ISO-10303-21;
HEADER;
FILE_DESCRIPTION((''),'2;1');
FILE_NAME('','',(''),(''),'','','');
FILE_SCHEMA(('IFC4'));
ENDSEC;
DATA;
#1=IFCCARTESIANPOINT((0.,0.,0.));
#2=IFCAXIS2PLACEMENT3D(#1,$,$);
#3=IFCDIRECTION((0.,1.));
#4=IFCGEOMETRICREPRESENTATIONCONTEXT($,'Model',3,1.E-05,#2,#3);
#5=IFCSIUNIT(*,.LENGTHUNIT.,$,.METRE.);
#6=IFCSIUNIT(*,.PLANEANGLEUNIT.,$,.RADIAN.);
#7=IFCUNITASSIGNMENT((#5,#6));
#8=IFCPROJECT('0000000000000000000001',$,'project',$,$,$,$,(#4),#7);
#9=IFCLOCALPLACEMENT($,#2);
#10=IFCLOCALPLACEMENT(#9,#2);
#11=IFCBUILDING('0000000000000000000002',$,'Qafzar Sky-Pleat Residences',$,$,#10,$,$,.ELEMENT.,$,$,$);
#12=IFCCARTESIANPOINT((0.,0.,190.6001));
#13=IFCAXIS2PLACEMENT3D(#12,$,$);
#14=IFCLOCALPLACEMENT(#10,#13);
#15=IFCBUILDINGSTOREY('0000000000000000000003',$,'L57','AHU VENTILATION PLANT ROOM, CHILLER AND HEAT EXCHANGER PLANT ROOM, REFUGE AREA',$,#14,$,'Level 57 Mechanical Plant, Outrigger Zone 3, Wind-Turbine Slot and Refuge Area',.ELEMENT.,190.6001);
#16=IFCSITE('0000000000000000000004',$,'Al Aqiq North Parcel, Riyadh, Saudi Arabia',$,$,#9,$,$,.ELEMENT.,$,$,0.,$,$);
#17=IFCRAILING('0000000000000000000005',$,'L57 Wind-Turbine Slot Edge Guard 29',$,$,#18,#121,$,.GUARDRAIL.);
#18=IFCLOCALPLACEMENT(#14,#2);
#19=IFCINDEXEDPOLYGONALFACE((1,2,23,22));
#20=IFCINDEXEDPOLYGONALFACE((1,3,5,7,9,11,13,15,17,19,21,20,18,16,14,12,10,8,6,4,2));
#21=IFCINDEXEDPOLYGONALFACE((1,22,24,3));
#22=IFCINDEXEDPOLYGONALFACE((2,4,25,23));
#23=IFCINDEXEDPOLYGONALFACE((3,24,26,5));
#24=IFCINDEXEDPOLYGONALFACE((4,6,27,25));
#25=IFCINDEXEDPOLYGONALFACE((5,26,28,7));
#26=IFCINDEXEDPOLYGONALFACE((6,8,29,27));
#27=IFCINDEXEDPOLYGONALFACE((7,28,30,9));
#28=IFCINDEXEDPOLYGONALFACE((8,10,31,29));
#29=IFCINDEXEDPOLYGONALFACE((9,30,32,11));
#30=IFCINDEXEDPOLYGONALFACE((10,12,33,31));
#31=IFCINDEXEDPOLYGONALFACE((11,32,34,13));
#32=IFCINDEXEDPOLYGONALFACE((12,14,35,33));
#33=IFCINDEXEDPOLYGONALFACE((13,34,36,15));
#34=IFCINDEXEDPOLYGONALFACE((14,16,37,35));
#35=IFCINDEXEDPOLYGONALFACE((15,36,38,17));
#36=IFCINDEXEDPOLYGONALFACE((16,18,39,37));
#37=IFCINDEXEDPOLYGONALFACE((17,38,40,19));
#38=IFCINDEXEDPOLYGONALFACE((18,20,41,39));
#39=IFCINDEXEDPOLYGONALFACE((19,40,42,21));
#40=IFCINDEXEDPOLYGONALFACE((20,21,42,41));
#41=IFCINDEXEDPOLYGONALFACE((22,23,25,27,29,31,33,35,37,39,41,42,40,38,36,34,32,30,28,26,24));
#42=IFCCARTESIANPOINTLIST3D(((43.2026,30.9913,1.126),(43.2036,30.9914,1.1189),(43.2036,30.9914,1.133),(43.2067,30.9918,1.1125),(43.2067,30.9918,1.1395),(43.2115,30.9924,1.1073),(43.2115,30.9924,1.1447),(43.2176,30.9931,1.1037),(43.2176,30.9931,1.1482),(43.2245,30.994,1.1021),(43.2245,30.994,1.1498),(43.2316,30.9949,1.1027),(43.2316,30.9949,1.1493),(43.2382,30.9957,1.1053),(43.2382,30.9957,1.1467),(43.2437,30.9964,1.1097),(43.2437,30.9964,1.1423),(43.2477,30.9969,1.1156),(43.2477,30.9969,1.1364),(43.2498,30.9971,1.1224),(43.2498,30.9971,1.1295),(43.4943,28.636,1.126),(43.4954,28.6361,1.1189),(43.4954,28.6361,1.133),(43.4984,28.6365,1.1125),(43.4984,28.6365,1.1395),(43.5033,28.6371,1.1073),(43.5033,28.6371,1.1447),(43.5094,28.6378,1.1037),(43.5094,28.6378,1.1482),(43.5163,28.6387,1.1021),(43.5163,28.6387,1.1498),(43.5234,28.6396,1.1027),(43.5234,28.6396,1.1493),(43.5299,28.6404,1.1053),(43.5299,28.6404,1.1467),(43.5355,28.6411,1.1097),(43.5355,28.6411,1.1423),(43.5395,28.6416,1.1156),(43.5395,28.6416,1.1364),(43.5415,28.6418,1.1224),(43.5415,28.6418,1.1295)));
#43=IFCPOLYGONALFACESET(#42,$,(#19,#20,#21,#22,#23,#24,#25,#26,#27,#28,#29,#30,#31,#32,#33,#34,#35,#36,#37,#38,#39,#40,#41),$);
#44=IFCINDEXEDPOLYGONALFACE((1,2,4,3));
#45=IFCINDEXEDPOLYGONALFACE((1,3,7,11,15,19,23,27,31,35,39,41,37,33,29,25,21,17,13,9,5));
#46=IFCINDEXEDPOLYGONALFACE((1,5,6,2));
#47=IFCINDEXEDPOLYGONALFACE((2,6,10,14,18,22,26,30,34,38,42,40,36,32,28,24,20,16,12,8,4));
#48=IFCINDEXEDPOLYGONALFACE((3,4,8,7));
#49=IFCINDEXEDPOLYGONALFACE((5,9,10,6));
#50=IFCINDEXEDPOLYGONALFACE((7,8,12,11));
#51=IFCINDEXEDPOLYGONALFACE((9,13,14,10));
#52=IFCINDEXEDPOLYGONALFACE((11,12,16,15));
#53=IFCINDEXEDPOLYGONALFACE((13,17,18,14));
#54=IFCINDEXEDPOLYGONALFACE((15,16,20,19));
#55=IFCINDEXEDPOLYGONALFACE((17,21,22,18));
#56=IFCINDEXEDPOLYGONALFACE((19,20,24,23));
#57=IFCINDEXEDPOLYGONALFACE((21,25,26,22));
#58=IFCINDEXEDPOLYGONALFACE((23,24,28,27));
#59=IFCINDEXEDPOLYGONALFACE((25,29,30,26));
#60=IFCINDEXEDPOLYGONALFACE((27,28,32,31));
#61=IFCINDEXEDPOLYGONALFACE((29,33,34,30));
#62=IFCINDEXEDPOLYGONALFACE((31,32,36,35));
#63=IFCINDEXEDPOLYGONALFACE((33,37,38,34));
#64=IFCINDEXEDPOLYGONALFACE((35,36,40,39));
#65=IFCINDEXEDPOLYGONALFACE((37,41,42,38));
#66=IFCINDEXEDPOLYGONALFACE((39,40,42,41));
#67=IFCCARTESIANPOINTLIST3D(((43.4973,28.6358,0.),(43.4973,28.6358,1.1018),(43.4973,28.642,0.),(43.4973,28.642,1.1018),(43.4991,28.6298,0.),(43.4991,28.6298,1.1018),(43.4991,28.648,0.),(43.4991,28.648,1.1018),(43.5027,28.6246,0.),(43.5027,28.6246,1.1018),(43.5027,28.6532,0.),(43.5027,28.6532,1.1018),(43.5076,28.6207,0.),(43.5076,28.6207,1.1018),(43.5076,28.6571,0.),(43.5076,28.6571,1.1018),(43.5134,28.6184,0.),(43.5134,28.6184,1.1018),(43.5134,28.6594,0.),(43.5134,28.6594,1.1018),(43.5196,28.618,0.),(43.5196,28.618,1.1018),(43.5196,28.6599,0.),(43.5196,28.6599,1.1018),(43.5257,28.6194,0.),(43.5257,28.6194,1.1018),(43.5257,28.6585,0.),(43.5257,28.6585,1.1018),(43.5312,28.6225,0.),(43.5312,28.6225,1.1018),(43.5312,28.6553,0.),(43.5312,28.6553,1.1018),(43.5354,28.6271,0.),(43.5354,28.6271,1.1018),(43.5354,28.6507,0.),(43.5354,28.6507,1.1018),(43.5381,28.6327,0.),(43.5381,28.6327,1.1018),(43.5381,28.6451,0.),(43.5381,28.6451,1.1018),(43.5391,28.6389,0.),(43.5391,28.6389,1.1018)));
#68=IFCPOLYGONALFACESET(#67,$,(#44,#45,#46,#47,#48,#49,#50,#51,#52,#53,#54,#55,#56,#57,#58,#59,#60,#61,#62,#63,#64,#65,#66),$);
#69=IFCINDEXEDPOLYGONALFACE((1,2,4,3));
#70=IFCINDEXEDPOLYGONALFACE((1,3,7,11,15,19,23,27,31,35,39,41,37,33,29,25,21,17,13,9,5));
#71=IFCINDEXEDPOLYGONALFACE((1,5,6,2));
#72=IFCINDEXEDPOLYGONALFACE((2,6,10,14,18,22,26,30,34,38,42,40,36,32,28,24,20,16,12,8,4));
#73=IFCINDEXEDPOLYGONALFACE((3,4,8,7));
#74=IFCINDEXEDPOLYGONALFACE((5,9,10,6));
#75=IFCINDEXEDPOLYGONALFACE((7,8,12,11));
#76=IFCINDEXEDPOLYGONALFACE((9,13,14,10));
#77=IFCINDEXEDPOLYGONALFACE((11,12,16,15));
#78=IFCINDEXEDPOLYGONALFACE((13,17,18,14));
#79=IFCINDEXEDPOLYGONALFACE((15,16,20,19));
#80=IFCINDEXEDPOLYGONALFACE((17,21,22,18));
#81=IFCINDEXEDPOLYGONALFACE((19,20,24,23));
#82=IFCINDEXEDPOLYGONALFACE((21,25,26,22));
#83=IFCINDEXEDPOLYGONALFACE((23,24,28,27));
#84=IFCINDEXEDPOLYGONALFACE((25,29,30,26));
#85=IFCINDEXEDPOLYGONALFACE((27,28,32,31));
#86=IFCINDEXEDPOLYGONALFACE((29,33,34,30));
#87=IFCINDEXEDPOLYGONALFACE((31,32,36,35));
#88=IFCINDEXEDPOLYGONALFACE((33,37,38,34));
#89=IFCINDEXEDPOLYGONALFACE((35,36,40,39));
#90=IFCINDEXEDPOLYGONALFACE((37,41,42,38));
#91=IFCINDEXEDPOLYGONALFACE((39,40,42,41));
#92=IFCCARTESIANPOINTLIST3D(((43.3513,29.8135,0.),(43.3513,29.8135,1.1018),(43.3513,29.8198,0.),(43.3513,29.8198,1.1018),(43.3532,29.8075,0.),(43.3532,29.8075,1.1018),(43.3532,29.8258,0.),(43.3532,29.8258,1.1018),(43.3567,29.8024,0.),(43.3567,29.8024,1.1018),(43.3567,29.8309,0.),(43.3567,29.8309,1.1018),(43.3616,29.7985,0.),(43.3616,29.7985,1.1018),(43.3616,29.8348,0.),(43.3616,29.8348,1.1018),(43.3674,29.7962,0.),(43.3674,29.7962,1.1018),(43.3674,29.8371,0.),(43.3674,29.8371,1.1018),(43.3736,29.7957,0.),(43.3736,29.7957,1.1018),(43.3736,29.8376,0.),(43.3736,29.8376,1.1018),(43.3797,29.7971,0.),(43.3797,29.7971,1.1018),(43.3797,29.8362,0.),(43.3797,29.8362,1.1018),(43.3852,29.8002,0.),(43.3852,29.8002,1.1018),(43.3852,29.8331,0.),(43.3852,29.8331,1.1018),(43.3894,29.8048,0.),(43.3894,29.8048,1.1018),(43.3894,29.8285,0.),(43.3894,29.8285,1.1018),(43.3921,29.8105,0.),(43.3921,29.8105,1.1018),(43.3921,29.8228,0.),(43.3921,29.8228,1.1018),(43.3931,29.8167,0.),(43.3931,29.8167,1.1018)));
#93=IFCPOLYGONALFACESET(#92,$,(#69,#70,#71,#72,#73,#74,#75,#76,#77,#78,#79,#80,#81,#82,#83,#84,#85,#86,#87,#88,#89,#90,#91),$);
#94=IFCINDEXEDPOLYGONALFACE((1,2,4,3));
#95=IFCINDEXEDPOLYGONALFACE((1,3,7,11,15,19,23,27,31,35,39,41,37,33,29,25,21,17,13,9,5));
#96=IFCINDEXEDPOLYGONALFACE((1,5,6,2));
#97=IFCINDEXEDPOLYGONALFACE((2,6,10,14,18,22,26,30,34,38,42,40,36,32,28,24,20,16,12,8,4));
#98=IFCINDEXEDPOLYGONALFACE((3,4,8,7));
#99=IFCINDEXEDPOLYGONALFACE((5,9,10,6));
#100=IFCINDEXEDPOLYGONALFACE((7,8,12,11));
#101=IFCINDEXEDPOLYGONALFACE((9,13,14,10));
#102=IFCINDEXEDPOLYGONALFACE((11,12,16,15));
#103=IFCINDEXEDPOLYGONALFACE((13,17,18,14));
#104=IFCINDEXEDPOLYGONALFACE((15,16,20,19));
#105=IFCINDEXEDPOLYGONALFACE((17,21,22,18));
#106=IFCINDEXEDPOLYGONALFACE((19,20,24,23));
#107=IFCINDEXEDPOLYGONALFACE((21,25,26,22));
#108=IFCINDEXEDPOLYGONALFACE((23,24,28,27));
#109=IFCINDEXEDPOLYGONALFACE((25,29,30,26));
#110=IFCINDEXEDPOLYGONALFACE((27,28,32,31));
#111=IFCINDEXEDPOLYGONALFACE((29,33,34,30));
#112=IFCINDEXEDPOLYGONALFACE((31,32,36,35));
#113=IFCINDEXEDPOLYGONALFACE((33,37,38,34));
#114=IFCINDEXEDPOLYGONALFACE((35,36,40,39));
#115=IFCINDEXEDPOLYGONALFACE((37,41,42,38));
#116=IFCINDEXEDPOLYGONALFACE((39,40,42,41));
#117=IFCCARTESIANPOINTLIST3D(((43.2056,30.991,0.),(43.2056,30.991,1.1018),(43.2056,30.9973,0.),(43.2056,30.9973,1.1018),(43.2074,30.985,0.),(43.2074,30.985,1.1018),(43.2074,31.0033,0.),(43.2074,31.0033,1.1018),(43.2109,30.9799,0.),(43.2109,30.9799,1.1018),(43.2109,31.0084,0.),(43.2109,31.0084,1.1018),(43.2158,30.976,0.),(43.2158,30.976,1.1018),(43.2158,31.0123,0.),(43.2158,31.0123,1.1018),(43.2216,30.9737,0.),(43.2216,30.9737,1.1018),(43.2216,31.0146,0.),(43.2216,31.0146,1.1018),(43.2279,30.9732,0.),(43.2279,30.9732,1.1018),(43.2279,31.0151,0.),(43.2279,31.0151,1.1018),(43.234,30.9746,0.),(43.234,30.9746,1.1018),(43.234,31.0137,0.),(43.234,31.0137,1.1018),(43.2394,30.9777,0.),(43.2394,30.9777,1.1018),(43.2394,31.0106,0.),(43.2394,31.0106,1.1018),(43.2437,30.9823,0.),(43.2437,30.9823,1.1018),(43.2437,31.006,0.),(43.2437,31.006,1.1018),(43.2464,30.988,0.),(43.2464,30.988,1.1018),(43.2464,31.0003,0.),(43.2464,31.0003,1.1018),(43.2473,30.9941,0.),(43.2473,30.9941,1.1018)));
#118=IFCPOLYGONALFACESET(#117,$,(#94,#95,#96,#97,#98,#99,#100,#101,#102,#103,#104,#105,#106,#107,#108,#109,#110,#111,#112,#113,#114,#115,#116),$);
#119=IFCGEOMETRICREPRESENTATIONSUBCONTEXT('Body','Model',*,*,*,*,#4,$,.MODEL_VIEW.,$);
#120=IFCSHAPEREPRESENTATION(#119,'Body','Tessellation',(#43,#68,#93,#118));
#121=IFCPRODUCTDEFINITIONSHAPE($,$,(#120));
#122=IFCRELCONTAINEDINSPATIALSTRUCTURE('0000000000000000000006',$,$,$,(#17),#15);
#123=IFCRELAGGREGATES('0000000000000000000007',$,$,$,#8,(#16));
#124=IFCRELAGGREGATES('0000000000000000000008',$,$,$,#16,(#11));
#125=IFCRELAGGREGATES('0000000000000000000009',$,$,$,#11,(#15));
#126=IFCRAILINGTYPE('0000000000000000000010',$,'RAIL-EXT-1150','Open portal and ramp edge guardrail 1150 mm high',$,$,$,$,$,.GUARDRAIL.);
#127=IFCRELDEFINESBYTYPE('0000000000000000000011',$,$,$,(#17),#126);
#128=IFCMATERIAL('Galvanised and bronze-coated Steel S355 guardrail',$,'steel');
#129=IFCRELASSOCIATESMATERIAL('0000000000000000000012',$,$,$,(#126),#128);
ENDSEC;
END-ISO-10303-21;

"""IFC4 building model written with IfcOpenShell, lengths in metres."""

from ifc_helpers import new_model, si_unit, direction, frame, origin, origin_2d, place, context, subcontext, project, spatial, circle, extrude, source, transform, mapped, material, type_object, element, save


model = new_model("IFC4")

# Units and contexts
model_context = context("Model", 3, precision=1e-05, world=origin(), true_north=direction((0.0, 1.0)))
body_context = subcontext(model_context, "Body", "Model", "MODEL_VIEW")
ifc_project = project(units=[si_unit("LENGTHUNIT", "METRE"), si_unit("PLANEANGLEUNIT", "RADIAN")], contexts=[model_context])

# Site, building, storey
site_placement = place(None, origin())
site = spatial("IfcSite", under=ifc_project, at=site_placement, Name="Al Aqiq North Parcel, Riyadh, Saudi Arabia", CompositionType="ELEMENT", RefElevation=0.0)
building_placement = place(site_placement, origin())
building = spatial("IfcBuilding", under=site, at=building_placement, Name="Qafzar Sky-Pleat Residences", CompositionType="ELEMENT")
storey_placement = place(building_placement, frame((0.0, 0.0, 190.6001)))
storey = spatial("IfcBuildingStorey", under=building, at=storey_placement, Name="L57", Description="AHU VENTILATION PLANT ROOM, CHILLER AND HEAT EXCHANGER PLANT ROOM, REFUGE AREA", LongName="Level 57 Mechanical Plant, Outrigger Zone 3, Wind-Turbine Slot and Refuge Area", CompositionType="ELEMENT", Elevation=190.6001)

# Railing
ifc_material_1 = material(Name="Galvanised and bronze-coated Steel S355 guardrail", Category="steel")
railing_type = type_object("IfcRailingType", Name="RAIL-EXT-1150", Description="Open portal and ramp edge guardrail 1150 mm high", PredefinedType="GUARDRAIL", material=ifc_material_1)
shared_shape_1 = source(origin(), body_context, "Body", "SweptSolid", [
    extrude(circle(Radius=0.0239, at=origin_2d()), frame((0.0, 0.0, 1.126), z_axis=(-0.122933, 0.992415, 0.0), x_axis=(-0.992415, -0.122933, 0.0)), (0.0, 0.0, 1.0), 2.3733),
    extrude(circle(Radius=0.021, at=origin_2d()), origin(), (0.0, 0.0, 1.0), 1.1018),
    extrude(circle(Radius=0.021, at=origin_2d()), frame((-0.146, 1.1777, 0.0)), (0.0, 0.0, 1.0), 1.1018),
    extrude(circle(Radius=0.021, at=origin_2d()), frame((-0.2917, 2.3552, 0.0)), (0.0, 0.0, 1.0), 1.1018),
])
railing_1_placement = place(storey_placement, frame((43.5181, 28.6389, 0.0)))
element("IfcRailing", 1, at=railing_1_placement, inside=storey, type_object=railing_type, Name="L57 Wind-Turbine Slot Edge Guard 29", PredefinedType="GUARDRAIL", context=body_context, shape_type="MappedRepresentation", body=[
    mapped(shared_shape_1, transform((0.0, 0.0, 0.0), x_axis=(1.0, 0.0, 0.0), y_axis=(0.0, 1.0, 0.0), z_axis=(0.0, 0.0, 1.0), scale=1.0)),
])

save(model, "model.ifc")
